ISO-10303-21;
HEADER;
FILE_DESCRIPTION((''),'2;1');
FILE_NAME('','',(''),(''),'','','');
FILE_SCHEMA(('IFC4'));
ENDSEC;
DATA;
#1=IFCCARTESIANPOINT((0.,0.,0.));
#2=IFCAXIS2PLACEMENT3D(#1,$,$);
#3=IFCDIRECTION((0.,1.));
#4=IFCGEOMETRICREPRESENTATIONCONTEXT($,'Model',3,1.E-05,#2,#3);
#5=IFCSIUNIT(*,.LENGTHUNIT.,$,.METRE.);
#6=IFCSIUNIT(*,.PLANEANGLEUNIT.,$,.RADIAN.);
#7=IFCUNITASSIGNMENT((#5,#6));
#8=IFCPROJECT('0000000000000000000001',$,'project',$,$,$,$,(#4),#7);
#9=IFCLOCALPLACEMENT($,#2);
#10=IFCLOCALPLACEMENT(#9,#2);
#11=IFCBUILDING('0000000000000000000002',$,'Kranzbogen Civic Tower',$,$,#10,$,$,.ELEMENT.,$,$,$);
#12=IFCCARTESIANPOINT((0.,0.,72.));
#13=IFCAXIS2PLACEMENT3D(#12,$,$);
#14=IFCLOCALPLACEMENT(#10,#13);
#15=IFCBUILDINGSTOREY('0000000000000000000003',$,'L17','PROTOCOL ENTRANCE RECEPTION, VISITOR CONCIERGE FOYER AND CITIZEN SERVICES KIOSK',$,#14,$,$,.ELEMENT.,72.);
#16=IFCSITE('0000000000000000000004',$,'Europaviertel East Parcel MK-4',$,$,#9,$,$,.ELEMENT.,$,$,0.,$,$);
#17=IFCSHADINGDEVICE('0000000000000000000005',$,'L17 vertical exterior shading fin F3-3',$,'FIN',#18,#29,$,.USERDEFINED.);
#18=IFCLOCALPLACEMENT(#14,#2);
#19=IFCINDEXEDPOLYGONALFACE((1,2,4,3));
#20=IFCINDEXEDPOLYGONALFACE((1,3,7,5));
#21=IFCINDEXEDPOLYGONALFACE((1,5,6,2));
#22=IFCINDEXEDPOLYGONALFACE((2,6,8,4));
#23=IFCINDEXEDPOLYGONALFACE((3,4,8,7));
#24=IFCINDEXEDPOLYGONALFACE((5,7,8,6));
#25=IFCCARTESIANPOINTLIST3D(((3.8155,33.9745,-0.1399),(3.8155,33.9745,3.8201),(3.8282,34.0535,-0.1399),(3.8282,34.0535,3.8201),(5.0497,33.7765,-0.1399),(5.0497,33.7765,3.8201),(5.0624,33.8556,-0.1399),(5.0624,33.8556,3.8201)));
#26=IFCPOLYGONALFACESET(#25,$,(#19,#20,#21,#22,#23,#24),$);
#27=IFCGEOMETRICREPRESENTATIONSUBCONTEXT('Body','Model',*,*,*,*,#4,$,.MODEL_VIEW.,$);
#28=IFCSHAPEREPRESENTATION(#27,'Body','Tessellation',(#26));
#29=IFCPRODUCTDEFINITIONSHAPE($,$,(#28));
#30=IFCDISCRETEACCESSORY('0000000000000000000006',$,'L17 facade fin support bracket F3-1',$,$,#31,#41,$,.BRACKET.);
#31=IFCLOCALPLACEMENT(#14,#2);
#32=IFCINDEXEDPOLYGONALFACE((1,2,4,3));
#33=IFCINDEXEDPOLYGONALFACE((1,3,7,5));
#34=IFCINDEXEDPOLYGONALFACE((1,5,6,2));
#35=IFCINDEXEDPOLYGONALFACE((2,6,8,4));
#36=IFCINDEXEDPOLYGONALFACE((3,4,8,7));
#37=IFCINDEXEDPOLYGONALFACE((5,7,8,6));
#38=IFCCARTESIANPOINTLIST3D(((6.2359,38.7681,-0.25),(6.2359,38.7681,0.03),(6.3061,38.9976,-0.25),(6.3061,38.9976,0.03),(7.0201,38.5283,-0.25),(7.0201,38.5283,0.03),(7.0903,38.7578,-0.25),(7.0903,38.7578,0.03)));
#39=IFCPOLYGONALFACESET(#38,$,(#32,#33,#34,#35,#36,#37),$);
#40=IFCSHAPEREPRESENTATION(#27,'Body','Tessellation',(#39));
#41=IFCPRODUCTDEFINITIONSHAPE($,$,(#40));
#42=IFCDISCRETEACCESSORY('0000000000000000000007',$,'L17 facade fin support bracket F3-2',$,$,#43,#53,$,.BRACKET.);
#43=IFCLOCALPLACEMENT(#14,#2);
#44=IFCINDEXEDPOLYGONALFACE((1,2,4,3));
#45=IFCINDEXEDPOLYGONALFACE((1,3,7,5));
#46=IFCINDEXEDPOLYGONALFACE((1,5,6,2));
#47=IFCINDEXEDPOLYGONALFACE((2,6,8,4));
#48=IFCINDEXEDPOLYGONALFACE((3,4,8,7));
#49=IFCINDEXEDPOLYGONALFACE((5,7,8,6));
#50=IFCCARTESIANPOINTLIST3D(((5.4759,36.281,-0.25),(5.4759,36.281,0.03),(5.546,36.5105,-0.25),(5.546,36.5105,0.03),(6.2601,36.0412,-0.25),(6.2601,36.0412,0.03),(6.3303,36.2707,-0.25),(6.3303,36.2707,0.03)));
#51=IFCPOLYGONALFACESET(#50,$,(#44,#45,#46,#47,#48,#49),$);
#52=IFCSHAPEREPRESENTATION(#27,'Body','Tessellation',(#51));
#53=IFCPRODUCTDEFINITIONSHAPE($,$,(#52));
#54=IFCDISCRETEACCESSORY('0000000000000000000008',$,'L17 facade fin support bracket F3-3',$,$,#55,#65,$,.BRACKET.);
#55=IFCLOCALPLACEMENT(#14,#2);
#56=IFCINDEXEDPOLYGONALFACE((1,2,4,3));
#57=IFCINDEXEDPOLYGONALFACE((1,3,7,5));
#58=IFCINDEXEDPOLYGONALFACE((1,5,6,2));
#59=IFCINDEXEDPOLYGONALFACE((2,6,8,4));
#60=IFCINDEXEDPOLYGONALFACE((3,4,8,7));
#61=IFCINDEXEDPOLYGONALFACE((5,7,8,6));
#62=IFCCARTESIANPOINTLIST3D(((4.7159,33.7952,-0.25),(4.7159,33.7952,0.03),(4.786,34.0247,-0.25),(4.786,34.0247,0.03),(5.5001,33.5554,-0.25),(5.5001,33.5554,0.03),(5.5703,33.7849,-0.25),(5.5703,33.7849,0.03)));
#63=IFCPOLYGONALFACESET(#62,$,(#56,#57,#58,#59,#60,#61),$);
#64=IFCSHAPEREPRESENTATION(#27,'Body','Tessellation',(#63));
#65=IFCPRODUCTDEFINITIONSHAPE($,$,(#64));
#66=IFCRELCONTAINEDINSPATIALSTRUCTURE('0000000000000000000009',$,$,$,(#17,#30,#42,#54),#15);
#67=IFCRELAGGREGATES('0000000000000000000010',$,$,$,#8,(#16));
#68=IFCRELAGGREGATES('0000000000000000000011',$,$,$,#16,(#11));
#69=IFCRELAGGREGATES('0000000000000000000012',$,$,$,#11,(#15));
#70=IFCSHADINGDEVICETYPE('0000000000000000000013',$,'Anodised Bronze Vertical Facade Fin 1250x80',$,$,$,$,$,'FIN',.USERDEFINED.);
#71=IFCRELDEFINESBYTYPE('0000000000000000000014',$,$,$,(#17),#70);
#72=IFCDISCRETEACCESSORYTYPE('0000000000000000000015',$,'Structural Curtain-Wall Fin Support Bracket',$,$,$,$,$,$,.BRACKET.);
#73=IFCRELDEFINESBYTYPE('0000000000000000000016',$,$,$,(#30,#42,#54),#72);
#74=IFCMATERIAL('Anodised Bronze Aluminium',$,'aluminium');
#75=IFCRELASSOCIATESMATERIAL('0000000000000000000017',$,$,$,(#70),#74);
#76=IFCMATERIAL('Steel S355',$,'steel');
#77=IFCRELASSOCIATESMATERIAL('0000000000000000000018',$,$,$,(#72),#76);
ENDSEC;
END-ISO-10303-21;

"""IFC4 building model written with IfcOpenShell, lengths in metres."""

from ifc_helpers import new_model, si_unit, direction, frame, origin, origin_2d, place, context, subcontext, project, spatial, rectangle, extrude, material, type_object, element, save


model = new_model("IFC4")

# Units and contexts
model_context = context("Model", 3, precision=1e-05, world=origin(), true_north=direction((0.0, 1.0)))
body_context = subcontext(model_context, "Body", "Model", "MODEL_VIEW")
ifc_project = project(units=[si_unit("LENGTHUNIT", "METRE"), si_unit("PLANEANGLEUNIT", "RADIAN")], contexts=[model_context])

# Site, building, storey
site_placement = place(None, origin())
site = spatial("IfcSite", under=ifc_project, at=site_placement, Name="Europaviertel East Parcel MK-4", CompositionType="ELEMENT", RefElevation=0.0)
building_placement = place(site_placement, origin())
building = spatial("IfcBuilding", under=site, at=building_placement, Name="Kranzbogen Civic Tower", CompositionType="ELEMENT")
storey_placement = place(building_placement, frame((0.0, 0.0, 72.0)))
storey = spatial("IfcBuildingStorey", under=building, at=storey_placement, Name="L17", Description="PROTOCOL ENTRANCE RECEPTION, VISITOR CONCIERGE FOYER AND CITIZEN SERVICES KIOSK", CompositionType="ELEMENT", Elevation=72.0)

# Shared definitions
ifc_material_1 = material(Name="Steel S355", Category="steel")

# Shading device
ifc_material_2 = material(Name="Anodised Bronze Aluminium", Category="aluminium")
shading_device_type = type_object("IfcShadingDeviceType", Name="Anodised Bronze Vertical Facade Fin 1250x80", ElementType="FIN", PredefinedType="USERDEFINED", material=ifc_material_2)
for number, where, z_axis, x_axis, name in (
    (1, (4.439, 33.915, -0.1399), (0.0, 0.0, 1.0), (-0.987386, 0.15833, 0.0), "L17 vertical exterior shading fin F3-3"),
):
    element("IfcShadingDevice", number, at=place(storey_placement, frame(where, z_axis=z_axis, x_axis=x_axis)), inside=storey, type_object=shading_device_type, Name=name, ObjectType="FIN", PredefinedType="USERDEFINED", context=body_context, shape_type="SweptSolid", body=[
        extrude(rectangle(XDim=1.25, YDim=0.0801, at=origin_2d()), origin(), (0.0, 0.0, 1.0), 3.96),
    ])

# Discrete accessories
discrete_accessory_type = type_object("IfcDiscreteAccessoryType", Name="Structural Curtain-Wall Fin Support Bracket", PredefinedType="BRACKET", material=ifc_material_1)
for number, where, z_axis, x_axis, name in (
    (2, (6.6631, 38.7629, -0.25), (0.0, 0.0, 1.0), (-0.956305, 0.292372, 0.0), "L17 facade fin support bracket F3-1"),
    (3, (5.9031, 36.2759, -0.25), (0.0, 0.0, 1.0), (-0.956305, 0.292372, 0.0), "L17 facade fin support bracket F3-2"),
    (4, (5.1431, 33.79, -0.25), (0.0, 0.0, 1.0), (-0.956305, 0.292372, 0.0), "L17 facade fin support bracket F3-3"),
):
    element("IfcDiscreteAccessory", number, at=place(storey_placement, frame(where, z_axis=z_axis, x_axis=x_axis)), inside=storey, type_object=discrete_accessory_type, Name=name, PredefinedType="BRACKET", context=body_context, shape_type="SweptSolid", body=[
        extrude(rectangle(XDim=0.8201, YDim=0.24, at=origin_2d()), origin(), (0.0, 0.0, 1.0), 0.28),
    ])

save(model, "model.ifc")
